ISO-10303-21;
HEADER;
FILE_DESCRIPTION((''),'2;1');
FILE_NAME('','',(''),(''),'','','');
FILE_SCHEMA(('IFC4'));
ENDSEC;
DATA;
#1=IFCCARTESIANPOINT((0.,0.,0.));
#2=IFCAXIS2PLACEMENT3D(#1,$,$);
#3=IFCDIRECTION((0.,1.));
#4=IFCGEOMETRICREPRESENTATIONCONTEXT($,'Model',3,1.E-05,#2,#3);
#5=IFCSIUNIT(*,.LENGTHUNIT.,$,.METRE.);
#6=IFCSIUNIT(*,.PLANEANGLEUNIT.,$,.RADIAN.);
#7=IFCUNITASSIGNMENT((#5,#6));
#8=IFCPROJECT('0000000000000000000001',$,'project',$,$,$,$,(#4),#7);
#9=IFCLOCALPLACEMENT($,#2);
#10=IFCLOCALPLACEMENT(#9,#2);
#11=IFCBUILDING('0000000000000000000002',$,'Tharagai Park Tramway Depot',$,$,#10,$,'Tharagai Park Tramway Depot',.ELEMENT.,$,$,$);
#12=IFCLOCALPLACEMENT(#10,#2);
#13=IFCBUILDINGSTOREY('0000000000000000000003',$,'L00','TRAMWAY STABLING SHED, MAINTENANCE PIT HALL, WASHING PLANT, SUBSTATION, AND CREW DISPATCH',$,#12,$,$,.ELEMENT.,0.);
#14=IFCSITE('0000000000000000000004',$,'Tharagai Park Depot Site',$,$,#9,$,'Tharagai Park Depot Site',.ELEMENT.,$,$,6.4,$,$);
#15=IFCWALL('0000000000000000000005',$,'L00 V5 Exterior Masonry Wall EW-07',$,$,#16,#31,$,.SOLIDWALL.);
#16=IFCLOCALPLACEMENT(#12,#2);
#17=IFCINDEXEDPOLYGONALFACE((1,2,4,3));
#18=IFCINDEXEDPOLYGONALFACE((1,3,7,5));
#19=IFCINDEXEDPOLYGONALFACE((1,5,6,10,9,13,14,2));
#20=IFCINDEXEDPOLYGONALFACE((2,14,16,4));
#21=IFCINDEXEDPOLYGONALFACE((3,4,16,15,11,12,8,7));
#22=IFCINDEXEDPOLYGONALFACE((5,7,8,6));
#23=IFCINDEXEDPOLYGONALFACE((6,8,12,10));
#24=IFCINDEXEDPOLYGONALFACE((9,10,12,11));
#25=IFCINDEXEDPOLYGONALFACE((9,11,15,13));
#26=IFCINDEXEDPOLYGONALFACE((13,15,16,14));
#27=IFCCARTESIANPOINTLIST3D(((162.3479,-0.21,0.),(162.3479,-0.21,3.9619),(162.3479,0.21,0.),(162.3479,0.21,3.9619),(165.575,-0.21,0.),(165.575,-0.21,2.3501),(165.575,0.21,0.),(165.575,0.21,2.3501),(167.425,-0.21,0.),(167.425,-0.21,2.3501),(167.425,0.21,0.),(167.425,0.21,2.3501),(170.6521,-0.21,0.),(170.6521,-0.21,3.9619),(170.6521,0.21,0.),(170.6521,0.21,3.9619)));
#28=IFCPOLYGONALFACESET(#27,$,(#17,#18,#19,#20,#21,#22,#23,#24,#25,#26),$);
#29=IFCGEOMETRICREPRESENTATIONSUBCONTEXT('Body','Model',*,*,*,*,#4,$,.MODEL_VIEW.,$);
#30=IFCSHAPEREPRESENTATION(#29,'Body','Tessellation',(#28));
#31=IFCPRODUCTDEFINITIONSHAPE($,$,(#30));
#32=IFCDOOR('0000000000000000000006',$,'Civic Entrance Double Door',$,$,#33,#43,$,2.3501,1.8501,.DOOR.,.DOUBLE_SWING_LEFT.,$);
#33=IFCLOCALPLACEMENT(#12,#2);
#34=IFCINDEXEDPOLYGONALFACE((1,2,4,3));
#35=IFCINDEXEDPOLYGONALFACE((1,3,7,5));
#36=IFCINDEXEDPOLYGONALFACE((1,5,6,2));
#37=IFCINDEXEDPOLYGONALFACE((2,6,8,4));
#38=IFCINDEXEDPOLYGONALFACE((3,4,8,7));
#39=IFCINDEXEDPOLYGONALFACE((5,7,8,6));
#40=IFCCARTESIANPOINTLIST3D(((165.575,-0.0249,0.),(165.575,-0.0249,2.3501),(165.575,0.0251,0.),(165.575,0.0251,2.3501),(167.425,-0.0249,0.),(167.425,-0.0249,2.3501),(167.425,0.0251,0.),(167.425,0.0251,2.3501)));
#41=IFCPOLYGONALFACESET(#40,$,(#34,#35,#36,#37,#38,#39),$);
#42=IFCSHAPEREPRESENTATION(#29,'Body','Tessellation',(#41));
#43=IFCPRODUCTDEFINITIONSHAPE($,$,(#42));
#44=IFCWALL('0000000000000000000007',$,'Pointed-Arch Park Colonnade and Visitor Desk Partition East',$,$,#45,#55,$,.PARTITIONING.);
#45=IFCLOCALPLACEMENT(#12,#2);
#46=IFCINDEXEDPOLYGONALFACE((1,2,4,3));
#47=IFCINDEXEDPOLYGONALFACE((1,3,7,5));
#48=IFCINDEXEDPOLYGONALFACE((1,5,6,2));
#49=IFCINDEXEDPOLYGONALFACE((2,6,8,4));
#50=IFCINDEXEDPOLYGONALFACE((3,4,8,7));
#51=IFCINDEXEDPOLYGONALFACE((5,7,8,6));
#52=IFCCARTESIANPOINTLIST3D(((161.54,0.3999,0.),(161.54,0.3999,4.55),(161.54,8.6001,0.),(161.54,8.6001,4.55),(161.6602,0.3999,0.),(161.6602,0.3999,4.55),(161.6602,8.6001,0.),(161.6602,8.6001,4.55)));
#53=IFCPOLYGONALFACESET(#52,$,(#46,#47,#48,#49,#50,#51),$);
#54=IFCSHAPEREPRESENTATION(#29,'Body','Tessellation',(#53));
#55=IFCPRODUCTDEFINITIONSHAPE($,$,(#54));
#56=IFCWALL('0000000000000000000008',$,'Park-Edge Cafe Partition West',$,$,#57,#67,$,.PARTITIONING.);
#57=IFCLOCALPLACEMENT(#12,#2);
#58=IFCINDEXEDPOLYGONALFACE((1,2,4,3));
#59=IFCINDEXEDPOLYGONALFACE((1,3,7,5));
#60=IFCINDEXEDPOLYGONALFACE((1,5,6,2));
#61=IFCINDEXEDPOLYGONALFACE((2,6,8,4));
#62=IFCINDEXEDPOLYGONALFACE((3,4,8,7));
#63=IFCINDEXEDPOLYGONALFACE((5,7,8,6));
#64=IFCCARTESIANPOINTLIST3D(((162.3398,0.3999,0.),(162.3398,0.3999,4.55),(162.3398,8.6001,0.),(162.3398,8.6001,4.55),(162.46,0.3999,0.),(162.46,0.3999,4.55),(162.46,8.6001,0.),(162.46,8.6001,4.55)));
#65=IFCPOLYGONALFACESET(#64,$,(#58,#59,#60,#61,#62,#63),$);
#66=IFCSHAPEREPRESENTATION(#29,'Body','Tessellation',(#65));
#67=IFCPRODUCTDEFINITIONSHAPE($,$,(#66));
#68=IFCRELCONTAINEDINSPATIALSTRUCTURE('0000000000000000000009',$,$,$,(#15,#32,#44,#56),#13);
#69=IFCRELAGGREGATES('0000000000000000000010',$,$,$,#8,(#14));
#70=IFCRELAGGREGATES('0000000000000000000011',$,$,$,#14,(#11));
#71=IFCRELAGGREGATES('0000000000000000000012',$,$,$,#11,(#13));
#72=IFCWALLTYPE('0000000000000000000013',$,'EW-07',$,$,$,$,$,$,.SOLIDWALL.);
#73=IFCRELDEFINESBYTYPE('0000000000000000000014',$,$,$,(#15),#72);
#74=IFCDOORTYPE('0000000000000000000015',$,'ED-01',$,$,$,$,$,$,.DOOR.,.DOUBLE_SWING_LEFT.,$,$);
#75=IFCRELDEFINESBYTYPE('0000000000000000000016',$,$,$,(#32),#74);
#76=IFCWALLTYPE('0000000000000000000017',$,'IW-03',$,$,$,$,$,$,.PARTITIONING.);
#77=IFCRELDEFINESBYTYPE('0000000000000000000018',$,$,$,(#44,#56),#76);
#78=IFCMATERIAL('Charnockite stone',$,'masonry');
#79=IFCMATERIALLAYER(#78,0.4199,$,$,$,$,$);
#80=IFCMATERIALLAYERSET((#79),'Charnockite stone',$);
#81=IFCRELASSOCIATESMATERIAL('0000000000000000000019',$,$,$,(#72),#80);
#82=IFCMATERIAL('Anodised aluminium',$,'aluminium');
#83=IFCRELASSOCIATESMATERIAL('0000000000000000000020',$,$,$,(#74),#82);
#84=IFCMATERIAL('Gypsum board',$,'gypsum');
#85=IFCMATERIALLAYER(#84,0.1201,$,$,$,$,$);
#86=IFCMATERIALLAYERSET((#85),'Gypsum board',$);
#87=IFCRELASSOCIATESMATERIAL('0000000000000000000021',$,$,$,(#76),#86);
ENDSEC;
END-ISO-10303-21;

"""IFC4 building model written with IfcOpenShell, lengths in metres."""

from ifc_helpers import new_model, si_unit, direction, frame, frame_2d, origin, place, context, subcontext, project, spatial, rectangle, extrude, material, layer, layer_set, type_object, element, fill, save


model = new_model("IFC4")

# Units and contexts
model_context = context("Model", 3, precision=1e-05, world=origin(), true_north=direction((0.0, 1.0)))
body_context = subcontext(model_context, "Body", "Model", "MODEL_VIEW")
ifc_project = project(units=[si_unit("LENGTHUNIT", "METRE"), si_unit("PLANEANGLEUNIT", "RADIAN")], contexts=[model_context])

# Site, building, storey
site_placement = place(None, origin())
site = spatial("IfcSite", under=ifc_project, at=site_placement, Name="Tharagai Park Depot Site", LongName="Tharagai Park Depot Site", CompositionType="ELEMENT", RefElevation=6.4)
building_placement = place(site_placement, origin())
building = spatial("IfcBuilding", under=site, at=building_placement, Name="Tharagai Park Tramway Depot", LongName="Tharagai Park Tramway Depot", CompositionType="ELEMENT")
storey_placement = place(building_placement, origin())
storey = spatial("IfcBuildingStorey", under=building, at=storey_placement, Name="L00", Description="TRAMWAY STABLING SHED, MAINTENANCE PIT HALL, WASHING PLANT, SUBSTATION, AND CREW DISPATCH", CompositionType="ELEMENT", Elevation=0.0)

# Shared definitions
ifc_material_1 = material(Name="Anodised aluminium", Category="aluminium")

# Wall, opening, door
ifc_material_2 = material(Name="Charnockite stone", Category="masonry")
ifc_layer_1 = layer(ifc_material_2, 0.4199)
ifc_layer_set_1 = layer_set([ifc_layer_1], Name="Charnockite stone")
wall_type_1 = type_object("IfcWallType", Name="EW-07", PredefinedType="SOLIDWALL", material=ifc_layer_set_1)
wall_placement = place(storey_placement, frame((162.3479, 0.0, 0.0), z_axis=(0.0, 0.0, 1.0), x_axis=(1.0, 0.0, 0.0)))
wall = element("IfcWall", 1, at=wall_placement, inside=storey, type_object=wall_type_1, Name="L00 V5 Exterior Masonry Wall EW-07", PredefinedType="SOLIDWALL", context=body_context, shape_type="SweptSolid", body=[
    extrude(rectangle(XDim=8.3042, YDim=0.4199, at=frame_2d((4.1521, 0.0))), origin(), (0.0, 0.0, 1.0), 3.9619),
])
opening_placement = place(wall_placement, frame((3.2271, 0.0, 0.0)))
opening = element("IfcOpeningElement", 2, at=opening_placement, cuts=wall, PredefinedType="OPENING", context=body_context, shape_type="SweptSolid", body=[
    extrude(rectangle(XDim=1.8501, YDim=2.3501, at=frame_2d((0.925, 1.175))), frame((0.0, 0.22, 0.0), z_axis=(0.0, -1.0, 0.0), x_axis=(1.0, 0.0, 0.0)), (0.0, 0.0, 1.0), 0.4399),
])
door_type = type_object("IfcDoorType", Name="ED-01", OperationType="DOUBLE_SWING_LEFT", PredefinedType="DOOR", material=ifc_material_1)
door_placement = place(opening_placement, frame((1.8501, 0.0, 0.0), z_axis=(0.0, 0.0, 1.0), x_axis=(-1.0, 0.0, 0.0)))
door = element("IfcDoor", 3, at=door_placement, inside=storey, type_object=door_type, Name="Civic Entrance Double Door", OperationType="DOUBLE_SWING_LEFT", OverallHeight=2.3501, OverallWidth=1.8501, PredefinedType="DOOR", context=body_context, shape_type="SweptSolid", body=[
    extrude(rectangle(XDim=1.8501, YDim=2.3501, at=frame_2d((0.925, 1.175))), frame((0.0, 0.0249, 0.0), z_axis=(0.0, -1.0, 0.0), x_axis=(1.0, 0.0, 0.0)), (0.0, 0.0, 1.0), 0.05),
])
fill(opening, door)

# Walls
ifc_material_3 = material(Name="Gypsum board", Category="gypsum")
ifc_layer_2 = layer(ifc_material_3, 0.1201)
ifc_layer_set_2 = layer_set([ifc_layer_2], Name="Gypsum board")
wall_type_2 = type_object("IfcWallType", Name="IW-03", PredefinedType="PARTITIONING", material=ifc_layer_set_2)
for number, where, z_axis, x_axis, name in (
    (4, (161.6001, 0.3999, 0.0), (0.0, 0.0, 1.0), (0.0, 1.0, 0.0), "Pointed-Arch Park Colonnade and Visitor Desk Partition East"),
    (5, (162.3999, 0.3999, 0.0), (0.0, 0.0, 1.0), (0.0, 1.0, 0.0), "Park-Edge Cafe Partition West"),
):
    element("IfcWall", number, at=place(storey_placement, frame(where, z_axis=z_axis, x_axis=x_axis)), inside=storey, type_object=wall_type_2, Name=name, PredefinedType="PARTITIONING", context=body_context, shape_type="SweptSolid", body=[
        extrude(rectangle(XDim=8.2002, YDim=0.1201, at=frame_2d((4.1001, 0.0))), origin(), (0.0, 0.0, 1.0), 4.55),
    ])

save(model, "model.ifc")
